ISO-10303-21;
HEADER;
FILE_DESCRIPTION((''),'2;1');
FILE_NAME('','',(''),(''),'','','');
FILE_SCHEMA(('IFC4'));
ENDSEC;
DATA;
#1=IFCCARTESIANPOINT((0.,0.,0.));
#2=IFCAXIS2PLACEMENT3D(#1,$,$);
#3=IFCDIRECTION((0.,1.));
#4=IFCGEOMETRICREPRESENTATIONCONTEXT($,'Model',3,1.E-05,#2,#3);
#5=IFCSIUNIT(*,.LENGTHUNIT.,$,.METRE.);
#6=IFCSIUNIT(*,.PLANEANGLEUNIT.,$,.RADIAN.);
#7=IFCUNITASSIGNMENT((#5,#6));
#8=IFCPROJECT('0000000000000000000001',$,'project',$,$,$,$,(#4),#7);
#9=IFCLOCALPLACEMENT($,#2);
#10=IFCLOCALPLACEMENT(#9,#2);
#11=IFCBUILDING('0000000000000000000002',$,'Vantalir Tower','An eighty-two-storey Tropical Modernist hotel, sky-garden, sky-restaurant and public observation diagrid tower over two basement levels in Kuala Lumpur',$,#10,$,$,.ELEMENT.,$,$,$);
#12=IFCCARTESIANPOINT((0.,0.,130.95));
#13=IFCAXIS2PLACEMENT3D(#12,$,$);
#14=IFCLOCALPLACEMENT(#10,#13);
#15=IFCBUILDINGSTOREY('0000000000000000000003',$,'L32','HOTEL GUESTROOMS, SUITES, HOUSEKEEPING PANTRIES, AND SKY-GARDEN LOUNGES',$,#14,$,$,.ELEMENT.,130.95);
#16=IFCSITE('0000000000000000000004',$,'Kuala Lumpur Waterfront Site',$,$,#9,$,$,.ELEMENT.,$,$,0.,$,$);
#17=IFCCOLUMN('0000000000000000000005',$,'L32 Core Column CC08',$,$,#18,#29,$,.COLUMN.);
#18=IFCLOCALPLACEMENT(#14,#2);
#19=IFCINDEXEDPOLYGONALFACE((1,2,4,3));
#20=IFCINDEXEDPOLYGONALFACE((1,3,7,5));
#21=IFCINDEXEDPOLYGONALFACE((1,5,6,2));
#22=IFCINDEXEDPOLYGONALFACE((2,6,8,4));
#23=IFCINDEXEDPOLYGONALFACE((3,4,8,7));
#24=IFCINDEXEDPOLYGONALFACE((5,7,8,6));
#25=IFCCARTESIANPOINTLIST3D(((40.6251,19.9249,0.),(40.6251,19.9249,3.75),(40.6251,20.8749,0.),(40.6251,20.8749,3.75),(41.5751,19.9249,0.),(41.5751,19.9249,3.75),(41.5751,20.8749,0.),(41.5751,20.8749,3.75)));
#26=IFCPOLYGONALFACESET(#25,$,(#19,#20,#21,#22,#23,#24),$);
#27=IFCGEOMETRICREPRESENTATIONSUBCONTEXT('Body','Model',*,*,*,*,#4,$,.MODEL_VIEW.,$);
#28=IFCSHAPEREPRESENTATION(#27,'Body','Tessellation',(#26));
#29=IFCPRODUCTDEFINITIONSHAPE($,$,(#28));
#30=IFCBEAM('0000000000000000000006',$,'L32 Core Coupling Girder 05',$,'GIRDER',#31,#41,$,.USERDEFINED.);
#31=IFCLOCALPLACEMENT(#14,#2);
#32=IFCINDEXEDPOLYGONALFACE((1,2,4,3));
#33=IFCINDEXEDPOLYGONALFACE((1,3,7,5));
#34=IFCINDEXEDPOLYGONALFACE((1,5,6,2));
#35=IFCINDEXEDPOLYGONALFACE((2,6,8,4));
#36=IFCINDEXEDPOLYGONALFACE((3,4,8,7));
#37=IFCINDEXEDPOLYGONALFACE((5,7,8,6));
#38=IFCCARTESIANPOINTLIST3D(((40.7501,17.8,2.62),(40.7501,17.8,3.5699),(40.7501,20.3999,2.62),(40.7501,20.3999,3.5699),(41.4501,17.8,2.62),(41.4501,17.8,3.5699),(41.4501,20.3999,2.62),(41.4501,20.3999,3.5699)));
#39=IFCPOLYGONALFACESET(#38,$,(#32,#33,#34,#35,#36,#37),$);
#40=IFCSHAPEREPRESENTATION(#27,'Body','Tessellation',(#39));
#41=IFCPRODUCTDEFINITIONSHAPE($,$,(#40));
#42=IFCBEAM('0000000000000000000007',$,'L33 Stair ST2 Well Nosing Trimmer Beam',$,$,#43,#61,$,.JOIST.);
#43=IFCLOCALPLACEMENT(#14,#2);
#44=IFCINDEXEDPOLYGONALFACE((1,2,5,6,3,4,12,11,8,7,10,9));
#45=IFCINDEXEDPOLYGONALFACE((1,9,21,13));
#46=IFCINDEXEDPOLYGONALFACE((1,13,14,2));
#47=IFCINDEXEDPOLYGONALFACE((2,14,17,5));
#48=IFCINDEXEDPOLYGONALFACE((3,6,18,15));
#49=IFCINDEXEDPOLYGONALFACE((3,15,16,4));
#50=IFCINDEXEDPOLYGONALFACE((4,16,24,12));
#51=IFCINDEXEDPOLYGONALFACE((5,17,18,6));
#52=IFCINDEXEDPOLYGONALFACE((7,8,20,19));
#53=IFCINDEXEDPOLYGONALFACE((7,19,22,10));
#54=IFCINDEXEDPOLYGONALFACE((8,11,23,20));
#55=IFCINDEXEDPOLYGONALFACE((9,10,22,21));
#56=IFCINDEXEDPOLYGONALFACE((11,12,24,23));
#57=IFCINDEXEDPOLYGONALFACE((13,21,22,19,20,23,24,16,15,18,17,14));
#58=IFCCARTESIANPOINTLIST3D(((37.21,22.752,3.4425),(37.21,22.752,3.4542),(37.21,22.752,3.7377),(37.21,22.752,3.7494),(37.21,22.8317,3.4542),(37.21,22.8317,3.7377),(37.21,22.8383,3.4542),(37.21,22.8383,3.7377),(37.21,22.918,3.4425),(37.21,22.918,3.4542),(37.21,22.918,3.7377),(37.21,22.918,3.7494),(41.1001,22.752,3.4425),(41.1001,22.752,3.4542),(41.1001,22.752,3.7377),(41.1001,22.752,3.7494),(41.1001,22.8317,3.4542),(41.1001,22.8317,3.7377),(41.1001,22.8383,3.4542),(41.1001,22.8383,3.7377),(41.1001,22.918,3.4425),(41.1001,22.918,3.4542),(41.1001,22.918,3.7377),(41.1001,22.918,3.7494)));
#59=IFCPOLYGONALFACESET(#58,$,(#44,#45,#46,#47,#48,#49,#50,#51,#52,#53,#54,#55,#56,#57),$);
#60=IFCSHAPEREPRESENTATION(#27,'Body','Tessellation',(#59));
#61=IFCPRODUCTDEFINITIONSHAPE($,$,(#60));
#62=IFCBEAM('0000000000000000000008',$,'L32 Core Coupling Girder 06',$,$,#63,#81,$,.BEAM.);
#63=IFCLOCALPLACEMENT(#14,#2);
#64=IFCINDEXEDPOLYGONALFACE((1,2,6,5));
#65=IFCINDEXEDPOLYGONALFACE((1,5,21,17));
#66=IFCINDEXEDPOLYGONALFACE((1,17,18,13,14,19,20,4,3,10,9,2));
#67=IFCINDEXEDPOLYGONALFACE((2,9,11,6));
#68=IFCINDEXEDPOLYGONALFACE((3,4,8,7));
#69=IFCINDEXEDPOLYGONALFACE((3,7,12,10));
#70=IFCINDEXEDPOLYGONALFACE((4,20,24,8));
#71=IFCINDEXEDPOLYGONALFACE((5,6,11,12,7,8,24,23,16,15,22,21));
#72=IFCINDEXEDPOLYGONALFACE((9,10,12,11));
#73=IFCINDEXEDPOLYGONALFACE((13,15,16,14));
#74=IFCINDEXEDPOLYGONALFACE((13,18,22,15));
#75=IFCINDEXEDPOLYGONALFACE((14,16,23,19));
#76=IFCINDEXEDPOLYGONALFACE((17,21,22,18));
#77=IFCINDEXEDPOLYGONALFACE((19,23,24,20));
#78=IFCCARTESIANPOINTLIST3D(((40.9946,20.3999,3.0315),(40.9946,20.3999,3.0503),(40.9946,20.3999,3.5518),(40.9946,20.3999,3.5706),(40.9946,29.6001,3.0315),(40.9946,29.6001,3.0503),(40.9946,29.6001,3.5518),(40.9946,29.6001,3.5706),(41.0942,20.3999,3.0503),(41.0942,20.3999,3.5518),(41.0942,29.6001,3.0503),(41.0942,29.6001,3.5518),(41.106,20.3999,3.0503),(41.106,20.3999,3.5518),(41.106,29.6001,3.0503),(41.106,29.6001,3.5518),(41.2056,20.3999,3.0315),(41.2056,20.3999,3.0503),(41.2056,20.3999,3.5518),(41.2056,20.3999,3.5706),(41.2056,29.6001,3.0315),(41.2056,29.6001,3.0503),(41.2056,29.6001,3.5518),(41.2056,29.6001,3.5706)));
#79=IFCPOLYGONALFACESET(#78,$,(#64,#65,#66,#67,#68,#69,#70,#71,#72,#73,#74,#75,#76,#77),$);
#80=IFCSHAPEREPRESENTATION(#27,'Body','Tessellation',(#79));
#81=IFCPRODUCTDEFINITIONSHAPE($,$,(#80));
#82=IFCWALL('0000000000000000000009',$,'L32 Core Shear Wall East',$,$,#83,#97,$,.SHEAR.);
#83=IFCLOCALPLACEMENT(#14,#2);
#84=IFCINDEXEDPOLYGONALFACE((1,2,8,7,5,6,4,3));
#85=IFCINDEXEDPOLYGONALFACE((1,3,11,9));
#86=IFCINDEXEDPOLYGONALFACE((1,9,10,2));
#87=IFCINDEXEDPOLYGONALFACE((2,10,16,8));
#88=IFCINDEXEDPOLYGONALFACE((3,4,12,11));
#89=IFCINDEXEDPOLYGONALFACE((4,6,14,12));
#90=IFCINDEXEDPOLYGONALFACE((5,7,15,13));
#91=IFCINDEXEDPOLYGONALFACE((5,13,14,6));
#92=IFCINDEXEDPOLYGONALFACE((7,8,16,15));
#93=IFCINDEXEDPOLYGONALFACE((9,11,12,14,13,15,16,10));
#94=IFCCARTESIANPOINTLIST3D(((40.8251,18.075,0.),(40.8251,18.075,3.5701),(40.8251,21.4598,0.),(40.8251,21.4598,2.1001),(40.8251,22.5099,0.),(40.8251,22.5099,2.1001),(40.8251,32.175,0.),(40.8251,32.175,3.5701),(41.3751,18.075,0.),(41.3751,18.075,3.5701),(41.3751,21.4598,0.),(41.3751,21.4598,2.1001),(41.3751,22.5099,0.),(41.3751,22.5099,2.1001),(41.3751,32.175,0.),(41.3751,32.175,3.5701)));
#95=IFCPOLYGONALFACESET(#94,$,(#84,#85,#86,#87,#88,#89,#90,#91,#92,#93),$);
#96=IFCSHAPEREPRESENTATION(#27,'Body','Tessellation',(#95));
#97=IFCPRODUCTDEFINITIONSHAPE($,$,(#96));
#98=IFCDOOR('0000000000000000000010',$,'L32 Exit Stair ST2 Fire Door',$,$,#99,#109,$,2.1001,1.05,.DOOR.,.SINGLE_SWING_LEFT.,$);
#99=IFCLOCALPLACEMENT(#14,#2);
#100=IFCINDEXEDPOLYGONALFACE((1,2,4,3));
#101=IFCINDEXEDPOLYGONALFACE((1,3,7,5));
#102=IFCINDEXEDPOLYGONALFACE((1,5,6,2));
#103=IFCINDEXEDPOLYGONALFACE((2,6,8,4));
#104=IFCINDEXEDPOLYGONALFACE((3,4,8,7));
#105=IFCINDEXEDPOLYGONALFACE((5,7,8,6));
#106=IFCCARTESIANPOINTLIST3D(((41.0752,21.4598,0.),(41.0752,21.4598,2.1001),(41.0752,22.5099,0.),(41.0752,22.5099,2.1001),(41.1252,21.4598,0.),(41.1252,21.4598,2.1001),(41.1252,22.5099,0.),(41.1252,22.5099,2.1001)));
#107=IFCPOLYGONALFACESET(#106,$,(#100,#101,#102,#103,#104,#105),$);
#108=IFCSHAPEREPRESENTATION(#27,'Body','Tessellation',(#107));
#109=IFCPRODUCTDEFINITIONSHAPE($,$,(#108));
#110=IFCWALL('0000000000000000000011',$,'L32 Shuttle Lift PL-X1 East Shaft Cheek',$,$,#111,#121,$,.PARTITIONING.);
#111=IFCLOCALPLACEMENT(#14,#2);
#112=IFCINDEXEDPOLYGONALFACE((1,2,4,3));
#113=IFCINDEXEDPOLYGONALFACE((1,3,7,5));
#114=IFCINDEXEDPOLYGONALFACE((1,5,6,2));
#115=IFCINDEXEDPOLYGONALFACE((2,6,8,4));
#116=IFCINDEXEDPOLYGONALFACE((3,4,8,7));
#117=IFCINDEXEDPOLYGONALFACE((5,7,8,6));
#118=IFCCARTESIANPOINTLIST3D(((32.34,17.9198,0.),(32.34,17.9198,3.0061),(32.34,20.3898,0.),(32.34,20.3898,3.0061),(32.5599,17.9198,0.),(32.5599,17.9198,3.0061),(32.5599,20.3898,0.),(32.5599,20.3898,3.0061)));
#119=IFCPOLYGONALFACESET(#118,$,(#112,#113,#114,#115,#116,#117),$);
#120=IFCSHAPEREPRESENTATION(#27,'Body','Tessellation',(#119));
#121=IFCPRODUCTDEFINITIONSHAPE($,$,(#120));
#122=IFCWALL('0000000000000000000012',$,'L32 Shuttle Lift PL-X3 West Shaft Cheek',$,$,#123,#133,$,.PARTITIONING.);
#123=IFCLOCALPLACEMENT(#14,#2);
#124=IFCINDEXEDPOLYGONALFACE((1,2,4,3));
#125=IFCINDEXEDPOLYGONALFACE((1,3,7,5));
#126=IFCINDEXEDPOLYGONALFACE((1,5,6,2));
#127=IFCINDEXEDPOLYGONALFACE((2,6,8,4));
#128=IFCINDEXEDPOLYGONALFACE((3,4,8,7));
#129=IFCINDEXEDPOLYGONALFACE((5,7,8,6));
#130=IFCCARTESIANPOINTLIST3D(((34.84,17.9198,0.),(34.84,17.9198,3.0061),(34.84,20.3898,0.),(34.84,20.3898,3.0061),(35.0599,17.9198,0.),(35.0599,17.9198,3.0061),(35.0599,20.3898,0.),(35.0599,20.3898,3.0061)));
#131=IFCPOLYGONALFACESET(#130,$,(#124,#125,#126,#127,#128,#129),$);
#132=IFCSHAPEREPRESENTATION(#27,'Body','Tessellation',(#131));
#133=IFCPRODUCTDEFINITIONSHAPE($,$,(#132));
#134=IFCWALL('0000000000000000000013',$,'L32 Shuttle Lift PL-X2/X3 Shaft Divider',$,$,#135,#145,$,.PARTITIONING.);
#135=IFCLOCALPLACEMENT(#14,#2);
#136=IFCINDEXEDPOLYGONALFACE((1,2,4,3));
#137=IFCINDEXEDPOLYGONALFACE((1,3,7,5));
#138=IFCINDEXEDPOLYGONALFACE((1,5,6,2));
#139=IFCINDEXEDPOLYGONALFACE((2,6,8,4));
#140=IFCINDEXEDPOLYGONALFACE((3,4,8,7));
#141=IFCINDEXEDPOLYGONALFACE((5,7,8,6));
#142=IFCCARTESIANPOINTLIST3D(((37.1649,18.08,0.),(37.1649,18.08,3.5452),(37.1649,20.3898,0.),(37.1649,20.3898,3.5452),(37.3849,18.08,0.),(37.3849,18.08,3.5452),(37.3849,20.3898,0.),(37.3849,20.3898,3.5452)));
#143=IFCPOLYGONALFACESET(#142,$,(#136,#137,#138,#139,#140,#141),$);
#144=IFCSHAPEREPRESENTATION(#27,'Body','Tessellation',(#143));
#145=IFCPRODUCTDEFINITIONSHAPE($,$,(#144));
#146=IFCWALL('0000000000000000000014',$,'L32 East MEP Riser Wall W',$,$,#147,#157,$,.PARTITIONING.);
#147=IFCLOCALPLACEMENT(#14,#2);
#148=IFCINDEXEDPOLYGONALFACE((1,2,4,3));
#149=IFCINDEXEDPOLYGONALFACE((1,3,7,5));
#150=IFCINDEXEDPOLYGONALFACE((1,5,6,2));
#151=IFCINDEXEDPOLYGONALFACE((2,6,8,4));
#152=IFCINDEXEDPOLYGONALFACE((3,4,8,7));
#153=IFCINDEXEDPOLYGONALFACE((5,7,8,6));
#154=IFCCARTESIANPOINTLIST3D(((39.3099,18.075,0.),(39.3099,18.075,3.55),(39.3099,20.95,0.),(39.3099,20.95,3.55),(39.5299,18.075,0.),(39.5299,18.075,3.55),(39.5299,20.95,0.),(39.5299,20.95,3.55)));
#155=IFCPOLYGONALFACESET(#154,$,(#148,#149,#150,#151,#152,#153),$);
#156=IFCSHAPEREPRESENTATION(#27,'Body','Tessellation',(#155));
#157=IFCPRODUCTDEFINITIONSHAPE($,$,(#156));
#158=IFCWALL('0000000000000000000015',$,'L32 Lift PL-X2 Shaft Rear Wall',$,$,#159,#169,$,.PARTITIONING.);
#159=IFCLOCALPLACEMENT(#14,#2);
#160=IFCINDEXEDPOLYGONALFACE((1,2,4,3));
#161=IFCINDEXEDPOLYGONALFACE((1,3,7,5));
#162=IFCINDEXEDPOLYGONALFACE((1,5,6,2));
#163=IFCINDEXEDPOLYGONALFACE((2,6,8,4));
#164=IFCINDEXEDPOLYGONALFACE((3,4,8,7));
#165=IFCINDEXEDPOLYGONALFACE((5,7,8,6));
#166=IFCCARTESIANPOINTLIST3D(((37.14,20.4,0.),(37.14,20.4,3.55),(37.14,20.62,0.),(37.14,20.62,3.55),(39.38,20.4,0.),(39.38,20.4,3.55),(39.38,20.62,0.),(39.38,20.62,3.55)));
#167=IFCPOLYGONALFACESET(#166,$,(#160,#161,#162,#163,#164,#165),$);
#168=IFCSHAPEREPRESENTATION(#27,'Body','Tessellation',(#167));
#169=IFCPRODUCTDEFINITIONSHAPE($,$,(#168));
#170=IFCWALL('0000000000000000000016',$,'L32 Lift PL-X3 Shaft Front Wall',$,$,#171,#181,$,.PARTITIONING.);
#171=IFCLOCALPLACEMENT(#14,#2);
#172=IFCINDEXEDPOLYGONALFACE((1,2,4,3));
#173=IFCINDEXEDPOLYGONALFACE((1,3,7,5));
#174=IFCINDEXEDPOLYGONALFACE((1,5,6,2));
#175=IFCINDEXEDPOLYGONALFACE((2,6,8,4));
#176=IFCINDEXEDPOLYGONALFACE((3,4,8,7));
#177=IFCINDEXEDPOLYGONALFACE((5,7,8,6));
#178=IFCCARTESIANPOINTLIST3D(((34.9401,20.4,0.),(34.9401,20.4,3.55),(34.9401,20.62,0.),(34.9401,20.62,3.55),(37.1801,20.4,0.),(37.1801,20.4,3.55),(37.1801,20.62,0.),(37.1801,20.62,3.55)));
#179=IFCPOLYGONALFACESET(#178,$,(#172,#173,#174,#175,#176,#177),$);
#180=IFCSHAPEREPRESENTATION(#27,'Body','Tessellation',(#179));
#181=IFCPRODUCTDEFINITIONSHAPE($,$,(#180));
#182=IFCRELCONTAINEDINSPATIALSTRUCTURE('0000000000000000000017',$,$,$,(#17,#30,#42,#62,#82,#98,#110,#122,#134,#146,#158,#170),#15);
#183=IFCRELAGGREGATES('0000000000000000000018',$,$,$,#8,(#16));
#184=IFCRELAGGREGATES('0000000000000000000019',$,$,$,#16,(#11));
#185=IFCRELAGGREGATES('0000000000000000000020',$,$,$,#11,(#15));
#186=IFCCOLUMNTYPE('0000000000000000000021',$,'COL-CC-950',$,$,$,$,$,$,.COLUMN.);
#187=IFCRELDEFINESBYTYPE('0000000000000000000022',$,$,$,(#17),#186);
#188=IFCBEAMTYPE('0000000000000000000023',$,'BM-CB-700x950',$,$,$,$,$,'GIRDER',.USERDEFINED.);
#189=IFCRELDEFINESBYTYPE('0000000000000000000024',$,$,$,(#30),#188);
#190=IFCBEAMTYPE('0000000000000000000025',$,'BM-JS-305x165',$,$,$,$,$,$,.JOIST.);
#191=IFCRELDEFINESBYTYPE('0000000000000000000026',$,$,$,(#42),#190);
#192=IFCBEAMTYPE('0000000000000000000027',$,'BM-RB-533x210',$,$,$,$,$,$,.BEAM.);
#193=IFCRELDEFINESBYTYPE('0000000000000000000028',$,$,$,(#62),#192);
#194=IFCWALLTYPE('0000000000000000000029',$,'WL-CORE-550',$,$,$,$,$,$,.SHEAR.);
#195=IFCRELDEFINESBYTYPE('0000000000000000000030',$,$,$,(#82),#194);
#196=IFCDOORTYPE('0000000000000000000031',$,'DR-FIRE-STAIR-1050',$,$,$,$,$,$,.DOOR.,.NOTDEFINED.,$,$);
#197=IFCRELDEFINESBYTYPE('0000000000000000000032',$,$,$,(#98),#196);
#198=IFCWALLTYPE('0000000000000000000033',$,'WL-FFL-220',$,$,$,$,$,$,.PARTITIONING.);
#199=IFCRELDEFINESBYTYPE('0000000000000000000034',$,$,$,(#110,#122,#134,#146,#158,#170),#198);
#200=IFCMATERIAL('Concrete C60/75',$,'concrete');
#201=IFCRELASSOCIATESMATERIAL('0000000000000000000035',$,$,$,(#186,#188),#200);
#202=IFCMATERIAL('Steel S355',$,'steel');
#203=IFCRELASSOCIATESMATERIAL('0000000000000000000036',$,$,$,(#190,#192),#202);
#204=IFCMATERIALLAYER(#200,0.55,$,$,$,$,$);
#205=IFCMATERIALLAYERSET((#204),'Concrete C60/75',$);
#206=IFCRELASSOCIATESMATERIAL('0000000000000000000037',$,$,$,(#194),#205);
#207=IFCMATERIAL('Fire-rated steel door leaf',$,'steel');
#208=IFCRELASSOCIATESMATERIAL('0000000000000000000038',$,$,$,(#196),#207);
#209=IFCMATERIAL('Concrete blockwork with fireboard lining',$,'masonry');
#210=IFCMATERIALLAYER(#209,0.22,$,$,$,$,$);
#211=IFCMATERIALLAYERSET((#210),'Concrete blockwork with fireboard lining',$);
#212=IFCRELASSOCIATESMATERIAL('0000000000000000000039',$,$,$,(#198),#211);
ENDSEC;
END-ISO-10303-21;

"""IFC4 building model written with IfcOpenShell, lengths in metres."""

from ifc_helpers import new_model, si_unit, direction, frame, frame_2d, origin, origin_2d, place, context, subcontext, project, spatial, rectangle, i_section, extrude, material, layer, layer_set, material_profile, profile_set, type_object, element, fill, save


model = new_model("IFC4")

# Units and contexts
model_context = context("Model", 3, precision=1e-05, world=origin(), true_north=direction((0.0, 1.0)))
body_context = subcontext(model_context, "Body", "Model", "MODEL_VIEW")
ifc_project = project(units=[si_unit("LENGTHUNIT", "METRE"), si_unit("PLANEANGLEUNIT", "RADIAN")], contexts=[model_context])

# Site, building, storey
site_placement = place(None, origin())
site = spatial("IfcSite", under=ifc_project, at=site_placement, Name="Kuala Lumpur Waterfront Site", CompositionType="ELEMENT", RefElevation=0.0)
building_placement = place(site_placement, origin())
building = spatial("IfcBuilding", under=site, at=building_placement, Name="Vantalir Tower", Description="An eighty-two-storey Tropical Modernist hotel, sky-garden, sky-restaurant and public observation diagrid tower over two basement levels in Kuala Lumpur", CompositionType="ELEMENT")
storey_placement = place(building_placement, frame((0.0, 0.0, 130.95)))
storey = spatial("IfcBuildingStorey", under=building, at=storey_placement, Name="L32", Description="HOTEL GUESTROOMS, SUITES, HOUSEKEEPING PANTRIES, AND SKY-GARDEN LOUNGES", CompositionType="ELEMENT", Elevation=130.95)

# Column
ifc_material_1 = material(Name="Concrete C60/75", Category="concrete")
ifc_material_profile_1 = material_profile(ifc_material_1, rectangle(XDim=0.95, YDim=0.95, at=origin_2d()), Name="Concrete C60/75")
ifc_profile_set_1 = profile_set([ifc_material_profile_1], Name="Concrete C60/75")
column_type = type_object("IfcColumnType", Name="COL-CC-950", PredefinedType="COLUMN", material=ifc_profile_set_1)
column_placement = place(storey_placement, frame((41.1001, 20.3999, 0.0), z_axis=(0.0, 0.0, 1.0), x_axis=(1.0, 0.0, 0.0)))
element("IfcColumn", 1, at=column_placement, inside=storey, type_object=column_type, Name="L32 Core Column CC08", PredefinedType="COLUMN", context=body_context, shape_type="SweptSolid", body=[
    extrude(rectangle(XDim=0.95, YDim=0.95, at=origin_2d()), origin(), (0.0, 0.0, 1.0), 3.75),
])

# Beams
ifc_material_profile_2 = material_profile(ifc_material_1, rectangle(XDim=0.7, YDim=0.95, at=origin_2d()), Name="Concrete C60/75")
ifc_profile_set_2 = profile_set([ifc_material_profile_2], Name="Concrete C60/75")
beam_type_1 = type_object("IfcBeamType", Name="BM-CB-700x950", ElementType="GIRDER", PredefinedType="USERDEFINED", material=ifc_profile_set_2)
beam_1_placement = place(storey_placement, frame((41.1001, 17.8, 3.095), z_axis=(0.0, 1.0, 0.0), x_axis=(-1.0, 0.0, 0.0)))
element("IfcBeam", 2, at=beam_1_placement, inside=storey, type_object=beam_type_1, Name="L32 Core Coupling Girder 05", ObjectType="GIRDER", PredefinedType="USERDEFINED", context=body_context, shape_type="SweptSolid", body=[
    extrude(rectangle(XDim=0.7, YDim=0.95, at=origin_2d()), origin(), (0.0, 0.0, 1.0), 2.5999),
])
ifc_material_2 = material(Name="Steel S355", Category="steel")
ifc_material_profile_3 = material_profile(ifc_material_2, i_section(OverallWidth=0.166, OverallDepth=0.3069, WebThickness=0.0066, FlangeThickness=0.0117, at=origin_2d()), Name="Steel S355")
ifc_profile_set_3 = profile_set([ifc_material_profile_3], Name="Steel S355")
beam_type_2 = type_object("IfcBeamType", Name="BM-JS-305x165", PredefinedType="JOIST", material=ifc_profile_set_3)
beam_2_placement = place(storey_placement, frame((37.21, 22.835, 3.5959), z_axis=(1.0, 0.0, 0.0), x_axis=(0.0, 1.0, 0.0)))
element("IfcBeam", 3, at=beam_2_placement, inside=storey, type_object=beam_type_2, Name="L33 Stair ST2 Well Nosing Trimmer Beam", PredefinedType="JOIST", context=body_context, shape_type="SweptSolid", body=[
    extrude(i_section(OverallWidth=0.166, OverallDepth=0.3069, WebThickness=0.0066, FlangeThickness=0.0117, at=origin_2d()), origin(), (0.0, 0.0, 1.0), 3.8901),
])
ifc_material_profile_4 = material_profile(ifc_material_2, i_section(OverallWidth=0.2109, OverallDepth=0.5391, WebThickness=0.0117, FlangeThickness=0.0188, at=origin_2d()), Name="Steel S355")
ifc_profile_set_4 = profile_set([ifc_material_profile_4], Name="Steel S355")
beam_type_3 = type_object("IfcBeamType", Name="BM-RB-533x210", PredefinedType="BEAM", material=ifc_profile_set_4)
beam_3_placement = place(storey_placement, frame((41.1001, 20.3999, 3.301), z_axis=(0.0, 1.0, 0.0), x_axis=(-1.0, 0.0, 0.0)))
element("IfcBeam", 4, at=beam_3_placement, inside=storey, type_object=beam_type_3, Name="L32 Core Coupling Girder 06", PredefinedType="BEAM", context=body_context, shape_type="SweptSolid", body=[
    extrude(i_section(OverallWidth=0.2109, OverallDepth=0.5391, WebThickness=0.0117, FlangeThickness=0.0188, at=origin_2d()), origin(), (0.0, 0.0, 1.0), 9.2002),
])

# Wall, opening, door
ifc_layer_1 = layer(ifc_material_1, 0.55)
ifc_layer_set_1 = layer_set([ifc_layer_1], Name="Concrete C60/75")
wall_type_1 = type_object("IfcWallType", Name="WL-CORE-550", PredefinedType="SHEAR", material=ifc_layer_set_1)
wall_1_placement = place(storey_placement, frame((41.1001, 18.075, 0.0), z_axis=(0.0, 0.0, 1.0), x_axis=(0.0, 1.0, 0.0)))
wall_1 = element("IfcWall", 5, at=wall_1_placement, inside=storey, type_object=wall_type_1, Name="L32 Core Shear Wall East", PredefinedType="SHEAR", context=body_context, shape_type="SweptSolid", body=[
    extrude(rectangle(XDim=14.1001, YDim=0.55, at=frame_2d((7.05, 0.0))), origin(), (0.0, 0.0, 1.0), 3.5701),
])
opening_1_placement = place(wall_1_placement, frame((3.385, 0.0, 0.0)))
opening_1 = element("IfcOpeningElement", 6, at=opening_1_placement, cuts=wall_1, PredefinedType="OPENING", context=body_context, shape_type="SweptSolid", body=[
    extrude(rectangle(XDim=1.05, YDim=2.1001, at=frame_2d((0.5249, 1.05))), frame((0.0, 0.2849, 0.0), z_axis=(0.0, -1.0, 0.0), x_axis=(1.0, 0.0, 0.0)), (0.0, 0.0, 1.0), 0.5701),
])
ifc_material_3 = material(Name="Fire-rated steel door leaf", Category="steel")
door_type_1 = type_object("IfcDoorType", Name="DR-FIRE-STAIR-1050", OperationType="NOTDEFINED", PredefinedType="DOOR", material=ifc_material_3)
door_1_placement = place(opening_1_placement, origin())
door_1 = element("IfcDoor", 7, at=door_1_placement, inside=storey, type_object=door_type_1, Name="L32 Exit Stair ST2 Fire Door", OperationType="SINGLE_SWING_LEFT", OverallHeight=2.1001, OverallWidth=1.05, PredefinedType="DOOR", context=body_context, shape_type="SweptSolid", body=[
    extrude(rectangle(XDim=1.05, YDim=2.1001, at=frame_2d((0.5249, 1.05))), frame((0.0, 0.0249, 0.0), z_axis=(0.0, -1.0, 0.0), x_axis=(1.0, 0.0, 0.0)), (0.0, 0.0, 1.0), 0.05),
])
fill(opening_1, door_1)

# Walls
ifc_material_4 = material(Name="Concrete blockwork with fireboard lining", Category="masonry")
ifc_layer_2 = layer(ifc_material_4, 0.22)
ifc_layer_set_2 = layer_set([ifc_layer_2], Name="Concrete blockwork with fireboard lining")
wall_type_2 = type_object("IfcWallType", Name="WL-FFL-220", PredefinedType="PARTITIONING", material=ifc_layer_set_2)
for number, where, z_axis, x_axis, name in (
    (8, (32.45, 17.9199, 0.0), (0.0, 0.0, 1.0), (0.0, 1.0, 0.0), "L32 Shuttle Lift PL-X1 East Shaft Cheek"),
    (9, (34.95, 17.9199, 0.0), (0.0, 0.0, 1.0), (0.0, 1.0, 0.0), "L32 Shuttle Lift PL-X3 West Shaft Cheek"),
):
    element("IfcWall", number, at=place(storey_placement, frame(where, z_axis=z_axis, x_axis=x_axis)), inside=storey, type_object=wall_type_2, Name=name, PredefinedType="PARTITIONING", context=body_context, shape_type="SweptSolid", body=[
        extrude(rectangle(XDim=2.47, YDim=0.22, at=frame_2d((1.2349, 0.0))), origin(), (0.0, 0.0, 1.0), 3.0061),
    ])
wall_2_placement = place(storey_placement, frame((37.2749, 18.0801, 0.0), z_axis=(0.0, 0.0, 1.0), x_axis=(0.0, 1.0, 0.0)))
element("IfcWall", 10, at=wall_2_placement, inside=storey, type_object=wall_type_2, Name="L32 Shuttle Lift PL-X2/X3 Shaft Divider", PredefinedType="PARTITIONING", context=body_context, shape_type="SweptSolid", body=[
    extrude(rectangle(XDim=2.3098, YDim=0.22, at=frame_2d((1.1548, 0.0))), origin(), (0.0, 0.0, 1.0), 3.5452),
])
wall_3_placement = place(storey_placement, frame((39.4199, 18.075, 0.0), z_axis=(0.0, 0.0, 1.0), x_axis=(0.0, 1.0, 0.0)))
element("IfcWall", 11, at=wall_3_placement, inside=storey, type_object=wall_type_2, Name="L32 East MEP Riser Wall W", PredefinedType="PARTITIONING", context=body_context, shape_type="SweptSolid", body=[
    extrude(rectangle(XDim=2.875, YDim=0.22, at=frame_2d((1.4375, 0.0))), origin(), (0.0, 0.0, 1.0), 3.55),
])
for number, where, z_axis, x_axis, name in (
    (12, (37.1399, 20.51, 0.0), (0.0, 0.0, 1.0), (1.0, 0.0, 0.0), "L32 Lift PL-X2 Shaft Rear Wall"),
    (13, (34.9399, 20.51, 0.0), (0.0, 0.0, 1.0), (1.0, 0.0, 0.0), "L32 Lift PL-X3 Shaft Front Wall"),
):
    element("IfcWall", number, at=place(storey_placement, frame(where, z_axis=z_axis, x_axis=x_axis)), inside=storey, type_object=wall_type_2, Name=name, PredefinedType="PARTITIONING", context=body_context, shape_type="SweptSolid", body=[
        extrude(rectangle(XDim=2.24, YDim=0.22, at=frame_2d((1.1201, 0.0))), origin(), (0.0, 0.0, 1.0), 3.55),
    ])

save(model, "model.ifc")
